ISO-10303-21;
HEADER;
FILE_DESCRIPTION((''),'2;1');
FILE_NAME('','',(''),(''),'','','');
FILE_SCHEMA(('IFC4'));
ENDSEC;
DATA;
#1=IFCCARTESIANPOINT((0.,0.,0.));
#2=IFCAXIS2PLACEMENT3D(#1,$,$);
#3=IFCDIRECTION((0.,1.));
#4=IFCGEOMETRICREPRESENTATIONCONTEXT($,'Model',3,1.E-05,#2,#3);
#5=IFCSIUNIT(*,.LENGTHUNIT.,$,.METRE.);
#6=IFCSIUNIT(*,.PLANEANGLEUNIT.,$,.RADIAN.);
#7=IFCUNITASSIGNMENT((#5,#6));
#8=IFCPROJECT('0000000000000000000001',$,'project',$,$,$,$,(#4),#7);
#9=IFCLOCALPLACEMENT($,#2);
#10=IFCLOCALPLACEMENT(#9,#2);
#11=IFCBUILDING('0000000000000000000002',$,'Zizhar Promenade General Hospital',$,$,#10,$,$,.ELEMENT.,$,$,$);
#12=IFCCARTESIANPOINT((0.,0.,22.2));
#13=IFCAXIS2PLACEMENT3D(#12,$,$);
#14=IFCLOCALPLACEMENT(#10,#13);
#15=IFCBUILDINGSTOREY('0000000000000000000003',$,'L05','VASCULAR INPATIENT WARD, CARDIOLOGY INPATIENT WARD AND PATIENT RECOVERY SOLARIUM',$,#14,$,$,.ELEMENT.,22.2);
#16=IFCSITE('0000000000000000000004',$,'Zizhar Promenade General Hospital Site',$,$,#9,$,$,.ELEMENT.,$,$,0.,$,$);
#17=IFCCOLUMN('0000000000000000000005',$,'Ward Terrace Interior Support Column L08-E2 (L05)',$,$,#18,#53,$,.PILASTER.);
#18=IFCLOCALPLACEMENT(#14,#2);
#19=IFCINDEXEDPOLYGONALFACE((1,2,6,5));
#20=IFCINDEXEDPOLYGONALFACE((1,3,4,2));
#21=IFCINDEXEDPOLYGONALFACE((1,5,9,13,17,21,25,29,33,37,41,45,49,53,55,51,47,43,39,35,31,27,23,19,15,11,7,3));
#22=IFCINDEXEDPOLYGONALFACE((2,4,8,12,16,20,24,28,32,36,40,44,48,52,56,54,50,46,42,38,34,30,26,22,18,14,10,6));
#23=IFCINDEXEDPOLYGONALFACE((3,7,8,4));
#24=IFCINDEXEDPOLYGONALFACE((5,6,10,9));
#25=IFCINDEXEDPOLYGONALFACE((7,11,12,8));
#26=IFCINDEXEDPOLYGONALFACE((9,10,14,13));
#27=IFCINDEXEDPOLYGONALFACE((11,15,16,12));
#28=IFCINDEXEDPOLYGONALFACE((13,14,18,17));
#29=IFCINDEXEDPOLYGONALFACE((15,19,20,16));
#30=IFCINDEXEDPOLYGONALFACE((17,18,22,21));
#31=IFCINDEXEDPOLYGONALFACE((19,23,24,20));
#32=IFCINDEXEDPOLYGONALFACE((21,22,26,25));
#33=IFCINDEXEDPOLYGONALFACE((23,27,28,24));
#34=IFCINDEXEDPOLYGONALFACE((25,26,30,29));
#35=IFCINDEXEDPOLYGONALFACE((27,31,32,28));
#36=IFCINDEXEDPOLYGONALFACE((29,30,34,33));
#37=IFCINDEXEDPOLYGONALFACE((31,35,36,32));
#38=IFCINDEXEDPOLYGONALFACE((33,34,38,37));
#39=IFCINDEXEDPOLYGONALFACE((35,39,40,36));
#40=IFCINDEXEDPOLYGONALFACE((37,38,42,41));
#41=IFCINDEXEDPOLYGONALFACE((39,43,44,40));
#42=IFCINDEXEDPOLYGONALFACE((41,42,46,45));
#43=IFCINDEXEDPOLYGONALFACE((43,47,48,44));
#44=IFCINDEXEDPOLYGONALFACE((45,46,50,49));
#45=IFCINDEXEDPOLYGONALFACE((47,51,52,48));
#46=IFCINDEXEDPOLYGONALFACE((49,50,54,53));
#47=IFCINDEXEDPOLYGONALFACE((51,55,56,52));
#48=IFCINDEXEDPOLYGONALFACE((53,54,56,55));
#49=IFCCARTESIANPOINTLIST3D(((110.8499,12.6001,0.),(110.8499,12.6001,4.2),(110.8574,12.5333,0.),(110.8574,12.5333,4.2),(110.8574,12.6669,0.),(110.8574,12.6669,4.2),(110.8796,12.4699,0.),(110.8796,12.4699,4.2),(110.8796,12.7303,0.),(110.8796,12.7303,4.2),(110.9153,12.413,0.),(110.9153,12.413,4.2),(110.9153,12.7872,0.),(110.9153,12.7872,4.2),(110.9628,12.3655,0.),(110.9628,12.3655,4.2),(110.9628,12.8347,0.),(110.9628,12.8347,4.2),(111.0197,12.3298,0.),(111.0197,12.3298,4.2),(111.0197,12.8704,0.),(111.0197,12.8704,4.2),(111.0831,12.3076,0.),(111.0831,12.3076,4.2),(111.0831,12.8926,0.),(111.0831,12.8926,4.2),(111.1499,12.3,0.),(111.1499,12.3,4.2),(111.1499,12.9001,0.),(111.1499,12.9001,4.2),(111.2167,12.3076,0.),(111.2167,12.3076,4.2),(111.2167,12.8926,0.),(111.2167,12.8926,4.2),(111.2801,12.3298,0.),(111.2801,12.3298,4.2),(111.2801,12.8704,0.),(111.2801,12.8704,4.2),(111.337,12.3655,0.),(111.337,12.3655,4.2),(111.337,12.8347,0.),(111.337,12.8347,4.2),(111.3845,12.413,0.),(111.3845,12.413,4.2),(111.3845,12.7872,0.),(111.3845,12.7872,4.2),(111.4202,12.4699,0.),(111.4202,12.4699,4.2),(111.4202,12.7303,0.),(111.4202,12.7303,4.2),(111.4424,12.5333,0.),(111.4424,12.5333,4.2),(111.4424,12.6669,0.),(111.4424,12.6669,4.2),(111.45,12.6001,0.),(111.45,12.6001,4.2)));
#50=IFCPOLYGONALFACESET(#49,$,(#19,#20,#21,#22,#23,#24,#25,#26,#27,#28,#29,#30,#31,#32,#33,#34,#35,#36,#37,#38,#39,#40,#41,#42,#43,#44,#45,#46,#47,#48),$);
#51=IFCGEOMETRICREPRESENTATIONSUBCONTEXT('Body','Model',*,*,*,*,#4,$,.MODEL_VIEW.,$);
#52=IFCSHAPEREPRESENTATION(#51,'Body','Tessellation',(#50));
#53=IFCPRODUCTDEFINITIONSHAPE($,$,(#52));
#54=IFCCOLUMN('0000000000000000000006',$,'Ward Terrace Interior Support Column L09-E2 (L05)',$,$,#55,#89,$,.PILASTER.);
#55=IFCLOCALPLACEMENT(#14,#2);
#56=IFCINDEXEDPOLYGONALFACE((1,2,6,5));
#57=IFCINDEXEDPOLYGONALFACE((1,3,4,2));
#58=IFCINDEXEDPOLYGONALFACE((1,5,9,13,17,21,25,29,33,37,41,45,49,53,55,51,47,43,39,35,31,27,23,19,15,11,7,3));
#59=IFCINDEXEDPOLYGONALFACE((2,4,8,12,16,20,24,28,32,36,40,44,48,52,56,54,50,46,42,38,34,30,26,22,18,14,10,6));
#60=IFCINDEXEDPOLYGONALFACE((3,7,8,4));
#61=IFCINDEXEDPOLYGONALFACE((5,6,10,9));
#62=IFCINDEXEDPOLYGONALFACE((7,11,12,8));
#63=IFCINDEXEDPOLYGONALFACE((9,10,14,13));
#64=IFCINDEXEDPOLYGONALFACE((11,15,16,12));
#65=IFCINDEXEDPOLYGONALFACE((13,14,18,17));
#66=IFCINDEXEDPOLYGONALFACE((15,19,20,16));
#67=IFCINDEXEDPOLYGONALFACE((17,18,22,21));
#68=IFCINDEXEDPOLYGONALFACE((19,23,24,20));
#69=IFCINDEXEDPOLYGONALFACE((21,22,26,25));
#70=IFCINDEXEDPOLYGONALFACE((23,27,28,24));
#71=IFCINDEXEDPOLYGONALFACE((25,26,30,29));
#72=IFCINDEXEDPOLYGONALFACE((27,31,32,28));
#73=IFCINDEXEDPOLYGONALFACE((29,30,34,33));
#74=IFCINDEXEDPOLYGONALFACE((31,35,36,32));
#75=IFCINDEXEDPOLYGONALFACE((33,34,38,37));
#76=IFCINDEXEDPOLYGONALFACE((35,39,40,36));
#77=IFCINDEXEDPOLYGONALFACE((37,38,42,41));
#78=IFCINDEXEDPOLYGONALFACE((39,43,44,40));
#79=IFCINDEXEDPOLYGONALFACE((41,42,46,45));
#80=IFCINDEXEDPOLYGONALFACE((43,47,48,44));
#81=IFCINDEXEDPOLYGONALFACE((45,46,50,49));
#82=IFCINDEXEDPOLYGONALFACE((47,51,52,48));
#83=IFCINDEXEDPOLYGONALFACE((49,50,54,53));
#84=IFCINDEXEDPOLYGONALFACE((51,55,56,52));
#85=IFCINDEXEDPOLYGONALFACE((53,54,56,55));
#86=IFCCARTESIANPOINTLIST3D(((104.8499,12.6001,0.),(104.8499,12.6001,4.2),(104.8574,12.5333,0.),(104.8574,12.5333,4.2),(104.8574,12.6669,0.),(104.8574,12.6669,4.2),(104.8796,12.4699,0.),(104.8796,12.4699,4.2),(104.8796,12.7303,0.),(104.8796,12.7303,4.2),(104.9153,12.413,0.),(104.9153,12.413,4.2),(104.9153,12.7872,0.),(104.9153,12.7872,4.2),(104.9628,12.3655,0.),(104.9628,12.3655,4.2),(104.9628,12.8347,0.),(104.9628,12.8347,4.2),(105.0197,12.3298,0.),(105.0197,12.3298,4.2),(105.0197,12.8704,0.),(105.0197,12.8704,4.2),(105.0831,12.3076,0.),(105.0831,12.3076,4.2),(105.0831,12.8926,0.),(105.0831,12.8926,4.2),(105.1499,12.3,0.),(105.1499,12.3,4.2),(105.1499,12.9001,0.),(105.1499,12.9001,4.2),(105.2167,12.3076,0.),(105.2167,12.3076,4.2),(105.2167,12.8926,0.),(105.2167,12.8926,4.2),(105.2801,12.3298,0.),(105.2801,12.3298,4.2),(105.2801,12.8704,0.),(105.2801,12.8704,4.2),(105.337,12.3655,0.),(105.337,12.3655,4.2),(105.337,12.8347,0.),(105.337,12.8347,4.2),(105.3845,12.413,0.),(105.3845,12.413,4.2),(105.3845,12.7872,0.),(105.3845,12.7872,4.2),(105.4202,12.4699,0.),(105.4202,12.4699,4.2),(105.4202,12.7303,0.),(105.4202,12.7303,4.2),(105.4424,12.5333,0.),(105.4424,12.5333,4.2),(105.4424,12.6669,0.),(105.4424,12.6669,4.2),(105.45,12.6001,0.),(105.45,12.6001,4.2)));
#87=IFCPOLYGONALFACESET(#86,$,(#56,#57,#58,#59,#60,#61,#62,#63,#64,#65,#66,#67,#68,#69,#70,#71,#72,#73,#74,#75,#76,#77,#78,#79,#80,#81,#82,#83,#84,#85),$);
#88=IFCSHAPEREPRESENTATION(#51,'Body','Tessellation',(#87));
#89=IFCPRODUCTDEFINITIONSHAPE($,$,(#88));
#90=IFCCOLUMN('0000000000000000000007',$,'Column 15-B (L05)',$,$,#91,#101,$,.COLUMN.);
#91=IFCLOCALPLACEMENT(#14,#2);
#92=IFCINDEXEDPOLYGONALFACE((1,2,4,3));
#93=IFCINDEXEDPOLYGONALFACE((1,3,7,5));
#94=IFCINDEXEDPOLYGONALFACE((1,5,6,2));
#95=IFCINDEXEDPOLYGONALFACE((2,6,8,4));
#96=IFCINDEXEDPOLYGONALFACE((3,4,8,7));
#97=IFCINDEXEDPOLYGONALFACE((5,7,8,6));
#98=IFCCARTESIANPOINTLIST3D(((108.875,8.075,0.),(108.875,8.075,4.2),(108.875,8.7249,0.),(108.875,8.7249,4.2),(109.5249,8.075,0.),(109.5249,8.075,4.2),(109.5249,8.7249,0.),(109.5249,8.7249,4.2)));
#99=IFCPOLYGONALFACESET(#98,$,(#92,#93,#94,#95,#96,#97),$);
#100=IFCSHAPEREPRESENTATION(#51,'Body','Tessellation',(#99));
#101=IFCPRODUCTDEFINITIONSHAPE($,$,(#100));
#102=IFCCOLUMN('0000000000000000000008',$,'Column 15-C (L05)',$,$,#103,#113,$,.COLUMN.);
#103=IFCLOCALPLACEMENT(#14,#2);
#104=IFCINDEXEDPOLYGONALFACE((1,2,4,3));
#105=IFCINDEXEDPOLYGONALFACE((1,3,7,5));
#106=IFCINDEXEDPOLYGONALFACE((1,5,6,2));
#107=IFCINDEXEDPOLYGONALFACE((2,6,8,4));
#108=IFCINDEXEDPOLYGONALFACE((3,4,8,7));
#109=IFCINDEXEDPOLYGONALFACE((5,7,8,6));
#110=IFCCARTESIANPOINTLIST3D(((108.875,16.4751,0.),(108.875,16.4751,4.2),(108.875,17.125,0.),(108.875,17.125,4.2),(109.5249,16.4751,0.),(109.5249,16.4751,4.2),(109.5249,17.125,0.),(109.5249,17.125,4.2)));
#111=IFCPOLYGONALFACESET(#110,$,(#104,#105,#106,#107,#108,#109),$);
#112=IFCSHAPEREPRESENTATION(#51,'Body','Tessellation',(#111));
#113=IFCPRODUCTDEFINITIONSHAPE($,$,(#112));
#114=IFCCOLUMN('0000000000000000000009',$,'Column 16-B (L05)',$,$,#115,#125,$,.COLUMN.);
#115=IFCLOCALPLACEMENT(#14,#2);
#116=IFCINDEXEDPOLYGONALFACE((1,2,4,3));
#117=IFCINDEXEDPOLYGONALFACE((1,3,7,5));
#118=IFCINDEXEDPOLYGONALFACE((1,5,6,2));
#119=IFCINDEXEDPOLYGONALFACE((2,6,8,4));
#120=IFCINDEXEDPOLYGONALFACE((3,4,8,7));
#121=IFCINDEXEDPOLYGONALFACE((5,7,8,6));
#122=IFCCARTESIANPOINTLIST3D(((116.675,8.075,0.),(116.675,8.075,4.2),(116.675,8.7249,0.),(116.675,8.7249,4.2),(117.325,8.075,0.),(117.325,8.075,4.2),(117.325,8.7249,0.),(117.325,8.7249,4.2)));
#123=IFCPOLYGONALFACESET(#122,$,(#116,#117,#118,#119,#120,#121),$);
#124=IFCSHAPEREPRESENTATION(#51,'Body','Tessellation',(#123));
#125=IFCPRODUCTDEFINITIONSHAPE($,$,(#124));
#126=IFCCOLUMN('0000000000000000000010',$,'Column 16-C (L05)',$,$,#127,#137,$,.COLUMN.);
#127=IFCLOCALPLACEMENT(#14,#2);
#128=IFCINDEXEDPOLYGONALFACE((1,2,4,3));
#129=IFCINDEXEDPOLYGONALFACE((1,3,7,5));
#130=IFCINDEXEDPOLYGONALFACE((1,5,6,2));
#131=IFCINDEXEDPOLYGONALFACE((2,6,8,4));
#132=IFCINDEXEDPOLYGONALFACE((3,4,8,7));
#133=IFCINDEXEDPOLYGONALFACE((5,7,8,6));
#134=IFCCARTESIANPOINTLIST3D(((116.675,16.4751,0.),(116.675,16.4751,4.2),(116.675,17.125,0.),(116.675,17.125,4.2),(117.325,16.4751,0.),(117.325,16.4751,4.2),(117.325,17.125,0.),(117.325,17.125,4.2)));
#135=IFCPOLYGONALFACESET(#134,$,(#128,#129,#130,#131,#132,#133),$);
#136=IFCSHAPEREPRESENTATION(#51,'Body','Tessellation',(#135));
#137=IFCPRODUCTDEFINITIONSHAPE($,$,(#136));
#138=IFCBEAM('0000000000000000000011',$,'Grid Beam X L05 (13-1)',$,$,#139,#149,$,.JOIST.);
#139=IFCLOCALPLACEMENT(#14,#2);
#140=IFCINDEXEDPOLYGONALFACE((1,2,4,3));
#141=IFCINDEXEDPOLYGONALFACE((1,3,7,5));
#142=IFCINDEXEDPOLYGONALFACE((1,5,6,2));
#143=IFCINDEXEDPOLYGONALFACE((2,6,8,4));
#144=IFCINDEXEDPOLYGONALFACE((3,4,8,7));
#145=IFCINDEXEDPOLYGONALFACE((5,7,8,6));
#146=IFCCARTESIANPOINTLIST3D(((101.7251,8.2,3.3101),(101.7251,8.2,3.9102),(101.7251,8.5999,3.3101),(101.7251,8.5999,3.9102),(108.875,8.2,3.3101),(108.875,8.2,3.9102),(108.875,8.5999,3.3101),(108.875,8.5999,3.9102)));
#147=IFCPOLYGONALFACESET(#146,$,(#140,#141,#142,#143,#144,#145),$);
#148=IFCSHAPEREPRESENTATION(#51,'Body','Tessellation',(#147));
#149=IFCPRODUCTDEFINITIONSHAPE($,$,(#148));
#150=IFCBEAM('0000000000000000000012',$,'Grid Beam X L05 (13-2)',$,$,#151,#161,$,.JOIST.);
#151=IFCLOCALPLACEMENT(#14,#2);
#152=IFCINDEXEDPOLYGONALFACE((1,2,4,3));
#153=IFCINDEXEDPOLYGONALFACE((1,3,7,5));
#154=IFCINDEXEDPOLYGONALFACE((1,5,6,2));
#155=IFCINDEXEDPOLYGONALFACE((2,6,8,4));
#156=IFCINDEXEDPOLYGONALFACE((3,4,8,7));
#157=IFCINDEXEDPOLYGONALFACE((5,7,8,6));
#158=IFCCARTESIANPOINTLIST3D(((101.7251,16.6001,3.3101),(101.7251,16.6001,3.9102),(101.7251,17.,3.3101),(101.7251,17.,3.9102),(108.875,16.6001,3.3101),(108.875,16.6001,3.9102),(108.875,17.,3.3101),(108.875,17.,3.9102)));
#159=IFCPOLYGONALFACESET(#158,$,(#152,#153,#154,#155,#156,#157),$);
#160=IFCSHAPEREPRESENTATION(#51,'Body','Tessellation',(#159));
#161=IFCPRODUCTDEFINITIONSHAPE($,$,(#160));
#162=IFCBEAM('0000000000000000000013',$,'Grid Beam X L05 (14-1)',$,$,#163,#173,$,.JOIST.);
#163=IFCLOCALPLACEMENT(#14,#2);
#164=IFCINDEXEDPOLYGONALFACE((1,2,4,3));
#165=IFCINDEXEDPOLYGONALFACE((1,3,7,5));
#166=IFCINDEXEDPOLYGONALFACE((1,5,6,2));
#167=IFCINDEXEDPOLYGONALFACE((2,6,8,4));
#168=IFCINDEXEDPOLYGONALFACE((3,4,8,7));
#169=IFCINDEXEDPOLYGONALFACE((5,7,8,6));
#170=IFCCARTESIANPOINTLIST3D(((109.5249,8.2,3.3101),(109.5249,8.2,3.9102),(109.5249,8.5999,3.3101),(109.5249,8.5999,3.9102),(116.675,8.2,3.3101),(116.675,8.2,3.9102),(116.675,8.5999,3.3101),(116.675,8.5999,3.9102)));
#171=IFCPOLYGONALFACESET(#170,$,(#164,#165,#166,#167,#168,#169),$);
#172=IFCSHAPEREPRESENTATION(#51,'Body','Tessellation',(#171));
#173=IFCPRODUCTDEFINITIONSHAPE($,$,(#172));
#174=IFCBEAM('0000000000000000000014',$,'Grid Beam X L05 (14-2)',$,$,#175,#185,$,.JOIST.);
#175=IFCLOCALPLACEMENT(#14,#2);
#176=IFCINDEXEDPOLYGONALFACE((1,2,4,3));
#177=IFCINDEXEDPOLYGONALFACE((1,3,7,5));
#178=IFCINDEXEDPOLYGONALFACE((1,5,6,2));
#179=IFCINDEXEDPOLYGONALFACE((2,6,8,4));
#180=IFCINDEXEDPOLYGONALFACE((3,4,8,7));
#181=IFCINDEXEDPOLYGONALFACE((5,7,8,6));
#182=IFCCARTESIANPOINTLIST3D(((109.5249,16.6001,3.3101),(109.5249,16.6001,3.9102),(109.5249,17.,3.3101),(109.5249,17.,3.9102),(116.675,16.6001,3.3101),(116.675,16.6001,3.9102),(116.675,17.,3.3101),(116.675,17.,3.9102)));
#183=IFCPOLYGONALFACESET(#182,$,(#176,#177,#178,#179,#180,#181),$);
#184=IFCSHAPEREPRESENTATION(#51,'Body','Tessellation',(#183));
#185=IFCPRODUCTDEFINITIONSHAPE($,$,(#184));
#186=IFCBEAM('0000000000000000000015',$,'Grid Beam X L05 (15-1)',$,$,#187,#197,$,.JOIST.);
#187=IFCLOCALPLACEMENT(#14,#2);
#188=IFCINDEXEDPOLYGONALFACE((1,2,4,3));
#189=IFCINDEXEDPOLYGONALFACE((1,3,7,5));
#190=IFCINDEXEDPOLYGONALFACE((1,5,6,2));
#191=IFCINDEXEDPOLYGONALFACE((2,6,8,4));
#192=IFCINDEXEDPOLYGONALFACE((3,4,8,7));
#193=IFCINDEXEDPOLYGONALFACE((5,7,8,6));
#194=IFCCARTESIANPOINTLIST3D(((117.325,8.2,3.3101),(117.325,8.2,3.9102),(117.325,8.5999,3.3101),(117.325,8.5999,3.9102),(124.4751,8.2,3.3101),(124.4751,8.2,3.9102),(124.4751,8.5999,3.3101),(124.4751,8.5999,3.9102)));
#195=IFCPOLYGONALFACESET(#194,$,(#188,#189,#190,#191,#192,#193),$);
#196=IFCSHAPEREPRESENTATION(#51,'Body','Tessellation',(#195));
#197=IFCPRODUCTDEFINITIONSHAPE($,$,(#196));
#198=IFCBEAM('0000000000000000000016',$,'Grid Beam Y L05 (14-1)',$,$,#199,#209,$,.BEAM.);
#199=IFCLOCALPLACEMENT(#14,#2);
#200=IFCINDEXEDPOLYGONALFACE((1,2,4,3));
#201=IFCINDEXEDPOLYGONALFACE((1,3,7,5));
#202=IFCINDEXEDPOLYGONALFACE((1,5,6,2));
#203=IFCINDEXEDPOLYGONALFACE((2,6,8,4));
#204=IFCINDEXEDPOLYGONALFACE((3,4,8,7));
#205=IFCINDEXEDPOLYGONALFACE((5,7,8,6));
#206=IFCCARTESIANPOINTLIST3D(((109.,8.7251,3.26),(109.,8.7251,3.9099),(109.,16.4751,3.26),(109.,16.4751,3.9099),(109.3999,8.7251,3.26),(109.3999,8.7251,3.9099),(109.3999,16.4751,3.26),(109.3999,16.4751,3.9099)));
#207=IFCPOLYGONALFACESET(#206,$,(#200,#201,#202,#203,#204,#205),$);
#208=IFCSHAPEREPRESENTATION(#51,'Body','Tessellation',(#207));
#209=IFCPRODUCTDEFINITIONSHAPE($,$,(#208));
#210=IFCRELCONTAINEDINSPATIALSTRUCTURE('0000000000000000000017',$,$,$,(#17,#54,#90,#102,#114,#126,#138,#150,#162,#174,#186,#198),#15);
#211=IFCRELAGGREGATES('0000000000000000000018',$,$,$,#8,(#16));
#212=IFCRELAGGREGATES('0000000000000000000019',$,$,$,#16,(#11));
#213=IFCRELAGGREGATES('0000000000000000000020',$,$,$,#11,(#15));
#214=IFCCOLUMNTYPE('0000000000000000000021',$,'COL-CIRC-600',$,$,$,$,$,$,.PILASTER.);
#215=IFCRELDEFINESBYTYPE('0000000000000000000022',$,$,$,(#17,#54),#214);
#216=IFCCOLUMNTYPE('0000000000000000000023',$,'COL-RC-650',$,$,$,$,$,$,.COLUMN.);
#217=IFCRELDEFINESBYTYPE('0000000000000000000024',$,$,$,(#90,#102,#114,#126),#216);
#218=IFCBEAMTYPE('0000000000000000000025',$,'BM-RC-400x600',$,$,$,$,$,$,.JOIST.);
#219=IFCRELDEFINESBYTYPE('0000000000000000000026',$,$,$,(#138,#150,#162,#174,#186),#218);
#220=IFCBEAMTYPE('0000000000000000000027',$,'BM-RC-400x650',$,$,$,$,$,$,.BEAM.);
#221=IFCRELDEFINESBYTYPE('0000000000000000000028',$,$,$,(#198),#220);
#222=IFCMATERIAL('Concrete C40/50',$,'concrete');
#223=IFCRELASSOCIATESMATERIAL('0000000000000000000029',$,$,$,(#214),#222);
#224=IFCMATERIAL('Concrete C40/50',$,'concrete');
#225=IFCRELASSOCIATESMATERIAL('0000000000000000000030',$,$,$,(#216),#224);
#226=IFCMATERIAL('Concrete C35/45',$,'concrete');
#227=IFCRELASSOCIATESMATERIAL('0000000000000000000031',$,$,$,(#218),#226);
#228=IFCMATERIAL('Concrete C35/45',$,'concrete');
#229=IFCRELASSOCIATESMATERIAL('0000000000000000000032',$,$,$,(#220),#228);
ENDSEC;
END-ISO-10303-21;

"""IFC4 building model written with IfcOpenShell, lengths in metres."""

from ifc_helpers import new_model, si_unit, direction, frame, origin, origin_2d, place, context, subcontext, project, spatial, rectangle, circle, extrude, material, material_profile, profile_set, type_object, element, save


model = new_model("IFC4")

# Units and contexts
model_context = context("Model", 3, precision=1e-05, world=origin(), true_north=direction((0.0, 1.0)))
body_context = subcontext(model_context, "Body", "Model", "MODEL_VIEW")
ifc_project = project(units=[si_unit("LENGTHUNIT", "METRE"), si_unit("PLANEANGLEUNIT", "RADIAN")], contexts=[model_context])

# Site, building, storey
site_placement = place(None, origin())
site = spatial("IfcSite", under=ifc_project, at=site_placement, Name="Zizhar Promenade General Hospital Site", CompositionType="ELEMENT", RefElevation=0.0)
building_placement = place(site_placement, origin())
building = spatial("IfcBuilding", under=site, at=building_placement, Name="Zizhar Promenade General Hospital", CompositionType="ELEMENT")
storey_placement = place(building_placement, frame((0.0, 0.0, 22.2)))
storey = spatial("IfcBuildingStorey", under=building, at=storey_placement, Name="L05", Description="VASCULAR INPATIENT WARD, CARDIOLOGY INPATIENT WARD AND PATIENT RECOVERY SOLARIUM", CompositionType="ELEMENT", Elevation=22.2)

# Columns
ifc_material_1 = material(Name="Concrete C40/50", Category="concrete")
ifc_material_profile_1 = material_profile(ifc_material_1, circle(Radius=0.3, at=origin_2d()))
ifc_profile_set_1 = profile_set([ifc_material_profile_1], Name="Concrete C40/50")
column_type_1 = type_object("IfcColumnType", Name="COL-CIRC-600", PredefinedType="PILASTER", material=ifc_profile_set_1)
for number, where, z_axis, x_axis, name in (
    (1, (111.1499, 12.6001, 0.0), (0.0, 0.0, 1.0), (1.0, 0.0, 0.0), "Ward Terrace Interior Support Column L08-E2 (L05)"),
    (2, (105.1499, 12.6001, 0.0), (0.0, 0.0, 1.0), (1.0, 0.0, 0.0), "Ward Terrace Interior Support Column L09-E2 (L05)"),
):
    element("IfcColumn", number, at=place(storey_placement, frame(where, z_axis=z_axis, x_axis=x_axis)), inside=storey, type_object=column_type_1, Name=name, PredefinedType="PILASTER", context=body_context, shape_type="SweptSolid", body=[
        extrude(circle(Radius=0.3, at=origin_2d()), origin(), (0.0, 0.0, 1.0), 4.2),
    ])
ifc_material_2 = material(Name="Concrete C40/50", Category="concrete")
ifc_material_profile_2 = material_profile(ifc_material_2, rectangle(XDim=0.6499, YDim=0.6499, at=origin_2d()))
ifc_profile_set_2 = profile_set([ifc_material_profile_2], Name="Concrete C40/50")
column_type_2 = type_object("IfcColumnType", Name="COL-RC-650", PredefinedType="COLUMN", material=ifc_profile_set_2)
for number, where, z_axis, x_axis, name in (
    (3, (109.2, 8.3999, 0.0), (0.0, 0.0, 1.0), (1.0, 0.0, 0.0), "Column 15-B (L05)"),
    (4, (109.2, 16.8, 0.0), (0.0, 0.0, 1.0), (1.0, 0.0, 0.0), "Column 15-C (L05)"),
    (5, (117.0, 8.3999, 0.0), (0.0, 0.0, 1.0), (1.0, 0.0, 0.0), "Column 16-B (L05)"),
    (6, (117.0, 16.8, 0.0), (0.0, 0.0, 1.0), (1.0, 0.0, 0.0), "Column 16-C (L05)"),
):
    element("IfcColumn", number, at=place(storey_placement, frame(where, z_axis=z_axis, x_axis=x_axis)), inside=storey, type_object=column_type_2, Name=name, PredefinedType="COLUMN", context=body_context, shape_type="SweptSolid", body=[
        extrude(rectangle(XDim=0.6499, YDim=0.6499, at=origin_2d()), origin(), (0.0, 0.0, 1.0), 4.2),
    ])

# Beams
ifc_material_3 = material(Name="Concrete C35/45", Category="concrete")
ifc_material_profile_3 = material_profile(ifc_material_3, rectangle(XDim=0.3999, YDim=0.6001, at=origin_2d()))
ifc_profile_set_3 = profile_set([ifc_material_profile_3], Name="Concrete C35/45")
beam_type_1 = type_object("IfcBeamType", Name="BM-RC-400x600", PredefinedType="JOIST", material=ifc_profile_set_3)
for number, where, z_axis, x_axis, name in (
    (7, (101.7251, 8.3999, 3.6101), (1.0, 0.0, 0.0), (0.0, 1.0, 0.0), "Grid Beam X L05 (13-1)"),
    (8, (101.7251, 16.8, 3.6101), (1.0, 0.0, 0.0), (0.0, 1.0, 0.0), "Grid Beam X L05 (13-2)"),
):
    element("IfcBeam", number, at=place(storey_placement, frame(where, z_axis=z_axis, x_axis=x_axis)), inside=storey, type_object=beam_type_1, Name=name, PredefinedType="JOIST", context=body_context, shape_type="SweptSolid", body=[
        extrude(rectangle(XDim=0.3999, YDim=0.6001, at=origin_2d()), origin(), (0.0, 0.0, 1.0), 7.1499),
    ])
for number, where, z_axis, x_axis, name in (
    (9, (109.5249, 8.3999, 3.6101), (1.0, 0.0, 0.0), (0.0, 1.0, 0.0), "Grid Beam X L05 (14-1)"),
    (10, (109.5249, 16.8, 3.6101), (1.0, 0.0, 0.0), (0.0, 1.0, 0.0), "Grid Beam X L05 (14-2)"),
    (11, (117.325, 8.3999, 3.6101), (1.0, 0.0, 0.0), (0.0, 1.0, 0.0), "Grid Beam X L05 (15-1)"),
):
    element("IfcBeam", number, at=place(storey_placement, frame(where, z_axis=z_axis, x_axis=x_axis)), inside=storey, type_object=beam_type_1, Name=name, PredefinedType="JOIST", context=body_context, shape_type="SweptSolid", body=[
        extrude(rectangle(XDim=0.3999, YDim=0.6001, at=origin_2d()), origin(), (0.0, 0.0, 1.0), 7.1501),
    ])
ifc_material_4 = material(Name="Concrete C35/45", Category="concrete")
ifc_material_profile_4 = material_profile(ifc_material_4, rectangle(XDim=0.3999, YDim=0.6499, at=origin_2d()))
ifc_profile_set_4 = profile_set([ifc_material_profile_4], Name="Concrete C35/45")
beam_type_2 = type_object("IfcBeamType", Name="BM-RC-400x650", PredefinedType="BEAM", material=ifc_profile_set_4)
for number, where, z_axis, x_axis, name in (
    (12, (109.2, 8.7251, 3.585), (0.0, 1.0, 0.0), (-1.0, 0.0, 0.0), "Grid Beam Y L05 (14-1)"),
):
    element("IfcBeam", number, at=place(storey_placement, frame(where, z_axis=z_axis, x_axis=x_axis)), inside=storey, type_object=beam_type_2, Name=name, PredefinedType="BEAM", context=body_context, shape_type="SweptSolid", body=[
        extrude(rectangle(XDim=0.3999, YDim=0.6499, at=origin_2d()), origin(), (0.0, 0.0, 1.0), 7.75),
    ])

save(model, "model.ifc")
